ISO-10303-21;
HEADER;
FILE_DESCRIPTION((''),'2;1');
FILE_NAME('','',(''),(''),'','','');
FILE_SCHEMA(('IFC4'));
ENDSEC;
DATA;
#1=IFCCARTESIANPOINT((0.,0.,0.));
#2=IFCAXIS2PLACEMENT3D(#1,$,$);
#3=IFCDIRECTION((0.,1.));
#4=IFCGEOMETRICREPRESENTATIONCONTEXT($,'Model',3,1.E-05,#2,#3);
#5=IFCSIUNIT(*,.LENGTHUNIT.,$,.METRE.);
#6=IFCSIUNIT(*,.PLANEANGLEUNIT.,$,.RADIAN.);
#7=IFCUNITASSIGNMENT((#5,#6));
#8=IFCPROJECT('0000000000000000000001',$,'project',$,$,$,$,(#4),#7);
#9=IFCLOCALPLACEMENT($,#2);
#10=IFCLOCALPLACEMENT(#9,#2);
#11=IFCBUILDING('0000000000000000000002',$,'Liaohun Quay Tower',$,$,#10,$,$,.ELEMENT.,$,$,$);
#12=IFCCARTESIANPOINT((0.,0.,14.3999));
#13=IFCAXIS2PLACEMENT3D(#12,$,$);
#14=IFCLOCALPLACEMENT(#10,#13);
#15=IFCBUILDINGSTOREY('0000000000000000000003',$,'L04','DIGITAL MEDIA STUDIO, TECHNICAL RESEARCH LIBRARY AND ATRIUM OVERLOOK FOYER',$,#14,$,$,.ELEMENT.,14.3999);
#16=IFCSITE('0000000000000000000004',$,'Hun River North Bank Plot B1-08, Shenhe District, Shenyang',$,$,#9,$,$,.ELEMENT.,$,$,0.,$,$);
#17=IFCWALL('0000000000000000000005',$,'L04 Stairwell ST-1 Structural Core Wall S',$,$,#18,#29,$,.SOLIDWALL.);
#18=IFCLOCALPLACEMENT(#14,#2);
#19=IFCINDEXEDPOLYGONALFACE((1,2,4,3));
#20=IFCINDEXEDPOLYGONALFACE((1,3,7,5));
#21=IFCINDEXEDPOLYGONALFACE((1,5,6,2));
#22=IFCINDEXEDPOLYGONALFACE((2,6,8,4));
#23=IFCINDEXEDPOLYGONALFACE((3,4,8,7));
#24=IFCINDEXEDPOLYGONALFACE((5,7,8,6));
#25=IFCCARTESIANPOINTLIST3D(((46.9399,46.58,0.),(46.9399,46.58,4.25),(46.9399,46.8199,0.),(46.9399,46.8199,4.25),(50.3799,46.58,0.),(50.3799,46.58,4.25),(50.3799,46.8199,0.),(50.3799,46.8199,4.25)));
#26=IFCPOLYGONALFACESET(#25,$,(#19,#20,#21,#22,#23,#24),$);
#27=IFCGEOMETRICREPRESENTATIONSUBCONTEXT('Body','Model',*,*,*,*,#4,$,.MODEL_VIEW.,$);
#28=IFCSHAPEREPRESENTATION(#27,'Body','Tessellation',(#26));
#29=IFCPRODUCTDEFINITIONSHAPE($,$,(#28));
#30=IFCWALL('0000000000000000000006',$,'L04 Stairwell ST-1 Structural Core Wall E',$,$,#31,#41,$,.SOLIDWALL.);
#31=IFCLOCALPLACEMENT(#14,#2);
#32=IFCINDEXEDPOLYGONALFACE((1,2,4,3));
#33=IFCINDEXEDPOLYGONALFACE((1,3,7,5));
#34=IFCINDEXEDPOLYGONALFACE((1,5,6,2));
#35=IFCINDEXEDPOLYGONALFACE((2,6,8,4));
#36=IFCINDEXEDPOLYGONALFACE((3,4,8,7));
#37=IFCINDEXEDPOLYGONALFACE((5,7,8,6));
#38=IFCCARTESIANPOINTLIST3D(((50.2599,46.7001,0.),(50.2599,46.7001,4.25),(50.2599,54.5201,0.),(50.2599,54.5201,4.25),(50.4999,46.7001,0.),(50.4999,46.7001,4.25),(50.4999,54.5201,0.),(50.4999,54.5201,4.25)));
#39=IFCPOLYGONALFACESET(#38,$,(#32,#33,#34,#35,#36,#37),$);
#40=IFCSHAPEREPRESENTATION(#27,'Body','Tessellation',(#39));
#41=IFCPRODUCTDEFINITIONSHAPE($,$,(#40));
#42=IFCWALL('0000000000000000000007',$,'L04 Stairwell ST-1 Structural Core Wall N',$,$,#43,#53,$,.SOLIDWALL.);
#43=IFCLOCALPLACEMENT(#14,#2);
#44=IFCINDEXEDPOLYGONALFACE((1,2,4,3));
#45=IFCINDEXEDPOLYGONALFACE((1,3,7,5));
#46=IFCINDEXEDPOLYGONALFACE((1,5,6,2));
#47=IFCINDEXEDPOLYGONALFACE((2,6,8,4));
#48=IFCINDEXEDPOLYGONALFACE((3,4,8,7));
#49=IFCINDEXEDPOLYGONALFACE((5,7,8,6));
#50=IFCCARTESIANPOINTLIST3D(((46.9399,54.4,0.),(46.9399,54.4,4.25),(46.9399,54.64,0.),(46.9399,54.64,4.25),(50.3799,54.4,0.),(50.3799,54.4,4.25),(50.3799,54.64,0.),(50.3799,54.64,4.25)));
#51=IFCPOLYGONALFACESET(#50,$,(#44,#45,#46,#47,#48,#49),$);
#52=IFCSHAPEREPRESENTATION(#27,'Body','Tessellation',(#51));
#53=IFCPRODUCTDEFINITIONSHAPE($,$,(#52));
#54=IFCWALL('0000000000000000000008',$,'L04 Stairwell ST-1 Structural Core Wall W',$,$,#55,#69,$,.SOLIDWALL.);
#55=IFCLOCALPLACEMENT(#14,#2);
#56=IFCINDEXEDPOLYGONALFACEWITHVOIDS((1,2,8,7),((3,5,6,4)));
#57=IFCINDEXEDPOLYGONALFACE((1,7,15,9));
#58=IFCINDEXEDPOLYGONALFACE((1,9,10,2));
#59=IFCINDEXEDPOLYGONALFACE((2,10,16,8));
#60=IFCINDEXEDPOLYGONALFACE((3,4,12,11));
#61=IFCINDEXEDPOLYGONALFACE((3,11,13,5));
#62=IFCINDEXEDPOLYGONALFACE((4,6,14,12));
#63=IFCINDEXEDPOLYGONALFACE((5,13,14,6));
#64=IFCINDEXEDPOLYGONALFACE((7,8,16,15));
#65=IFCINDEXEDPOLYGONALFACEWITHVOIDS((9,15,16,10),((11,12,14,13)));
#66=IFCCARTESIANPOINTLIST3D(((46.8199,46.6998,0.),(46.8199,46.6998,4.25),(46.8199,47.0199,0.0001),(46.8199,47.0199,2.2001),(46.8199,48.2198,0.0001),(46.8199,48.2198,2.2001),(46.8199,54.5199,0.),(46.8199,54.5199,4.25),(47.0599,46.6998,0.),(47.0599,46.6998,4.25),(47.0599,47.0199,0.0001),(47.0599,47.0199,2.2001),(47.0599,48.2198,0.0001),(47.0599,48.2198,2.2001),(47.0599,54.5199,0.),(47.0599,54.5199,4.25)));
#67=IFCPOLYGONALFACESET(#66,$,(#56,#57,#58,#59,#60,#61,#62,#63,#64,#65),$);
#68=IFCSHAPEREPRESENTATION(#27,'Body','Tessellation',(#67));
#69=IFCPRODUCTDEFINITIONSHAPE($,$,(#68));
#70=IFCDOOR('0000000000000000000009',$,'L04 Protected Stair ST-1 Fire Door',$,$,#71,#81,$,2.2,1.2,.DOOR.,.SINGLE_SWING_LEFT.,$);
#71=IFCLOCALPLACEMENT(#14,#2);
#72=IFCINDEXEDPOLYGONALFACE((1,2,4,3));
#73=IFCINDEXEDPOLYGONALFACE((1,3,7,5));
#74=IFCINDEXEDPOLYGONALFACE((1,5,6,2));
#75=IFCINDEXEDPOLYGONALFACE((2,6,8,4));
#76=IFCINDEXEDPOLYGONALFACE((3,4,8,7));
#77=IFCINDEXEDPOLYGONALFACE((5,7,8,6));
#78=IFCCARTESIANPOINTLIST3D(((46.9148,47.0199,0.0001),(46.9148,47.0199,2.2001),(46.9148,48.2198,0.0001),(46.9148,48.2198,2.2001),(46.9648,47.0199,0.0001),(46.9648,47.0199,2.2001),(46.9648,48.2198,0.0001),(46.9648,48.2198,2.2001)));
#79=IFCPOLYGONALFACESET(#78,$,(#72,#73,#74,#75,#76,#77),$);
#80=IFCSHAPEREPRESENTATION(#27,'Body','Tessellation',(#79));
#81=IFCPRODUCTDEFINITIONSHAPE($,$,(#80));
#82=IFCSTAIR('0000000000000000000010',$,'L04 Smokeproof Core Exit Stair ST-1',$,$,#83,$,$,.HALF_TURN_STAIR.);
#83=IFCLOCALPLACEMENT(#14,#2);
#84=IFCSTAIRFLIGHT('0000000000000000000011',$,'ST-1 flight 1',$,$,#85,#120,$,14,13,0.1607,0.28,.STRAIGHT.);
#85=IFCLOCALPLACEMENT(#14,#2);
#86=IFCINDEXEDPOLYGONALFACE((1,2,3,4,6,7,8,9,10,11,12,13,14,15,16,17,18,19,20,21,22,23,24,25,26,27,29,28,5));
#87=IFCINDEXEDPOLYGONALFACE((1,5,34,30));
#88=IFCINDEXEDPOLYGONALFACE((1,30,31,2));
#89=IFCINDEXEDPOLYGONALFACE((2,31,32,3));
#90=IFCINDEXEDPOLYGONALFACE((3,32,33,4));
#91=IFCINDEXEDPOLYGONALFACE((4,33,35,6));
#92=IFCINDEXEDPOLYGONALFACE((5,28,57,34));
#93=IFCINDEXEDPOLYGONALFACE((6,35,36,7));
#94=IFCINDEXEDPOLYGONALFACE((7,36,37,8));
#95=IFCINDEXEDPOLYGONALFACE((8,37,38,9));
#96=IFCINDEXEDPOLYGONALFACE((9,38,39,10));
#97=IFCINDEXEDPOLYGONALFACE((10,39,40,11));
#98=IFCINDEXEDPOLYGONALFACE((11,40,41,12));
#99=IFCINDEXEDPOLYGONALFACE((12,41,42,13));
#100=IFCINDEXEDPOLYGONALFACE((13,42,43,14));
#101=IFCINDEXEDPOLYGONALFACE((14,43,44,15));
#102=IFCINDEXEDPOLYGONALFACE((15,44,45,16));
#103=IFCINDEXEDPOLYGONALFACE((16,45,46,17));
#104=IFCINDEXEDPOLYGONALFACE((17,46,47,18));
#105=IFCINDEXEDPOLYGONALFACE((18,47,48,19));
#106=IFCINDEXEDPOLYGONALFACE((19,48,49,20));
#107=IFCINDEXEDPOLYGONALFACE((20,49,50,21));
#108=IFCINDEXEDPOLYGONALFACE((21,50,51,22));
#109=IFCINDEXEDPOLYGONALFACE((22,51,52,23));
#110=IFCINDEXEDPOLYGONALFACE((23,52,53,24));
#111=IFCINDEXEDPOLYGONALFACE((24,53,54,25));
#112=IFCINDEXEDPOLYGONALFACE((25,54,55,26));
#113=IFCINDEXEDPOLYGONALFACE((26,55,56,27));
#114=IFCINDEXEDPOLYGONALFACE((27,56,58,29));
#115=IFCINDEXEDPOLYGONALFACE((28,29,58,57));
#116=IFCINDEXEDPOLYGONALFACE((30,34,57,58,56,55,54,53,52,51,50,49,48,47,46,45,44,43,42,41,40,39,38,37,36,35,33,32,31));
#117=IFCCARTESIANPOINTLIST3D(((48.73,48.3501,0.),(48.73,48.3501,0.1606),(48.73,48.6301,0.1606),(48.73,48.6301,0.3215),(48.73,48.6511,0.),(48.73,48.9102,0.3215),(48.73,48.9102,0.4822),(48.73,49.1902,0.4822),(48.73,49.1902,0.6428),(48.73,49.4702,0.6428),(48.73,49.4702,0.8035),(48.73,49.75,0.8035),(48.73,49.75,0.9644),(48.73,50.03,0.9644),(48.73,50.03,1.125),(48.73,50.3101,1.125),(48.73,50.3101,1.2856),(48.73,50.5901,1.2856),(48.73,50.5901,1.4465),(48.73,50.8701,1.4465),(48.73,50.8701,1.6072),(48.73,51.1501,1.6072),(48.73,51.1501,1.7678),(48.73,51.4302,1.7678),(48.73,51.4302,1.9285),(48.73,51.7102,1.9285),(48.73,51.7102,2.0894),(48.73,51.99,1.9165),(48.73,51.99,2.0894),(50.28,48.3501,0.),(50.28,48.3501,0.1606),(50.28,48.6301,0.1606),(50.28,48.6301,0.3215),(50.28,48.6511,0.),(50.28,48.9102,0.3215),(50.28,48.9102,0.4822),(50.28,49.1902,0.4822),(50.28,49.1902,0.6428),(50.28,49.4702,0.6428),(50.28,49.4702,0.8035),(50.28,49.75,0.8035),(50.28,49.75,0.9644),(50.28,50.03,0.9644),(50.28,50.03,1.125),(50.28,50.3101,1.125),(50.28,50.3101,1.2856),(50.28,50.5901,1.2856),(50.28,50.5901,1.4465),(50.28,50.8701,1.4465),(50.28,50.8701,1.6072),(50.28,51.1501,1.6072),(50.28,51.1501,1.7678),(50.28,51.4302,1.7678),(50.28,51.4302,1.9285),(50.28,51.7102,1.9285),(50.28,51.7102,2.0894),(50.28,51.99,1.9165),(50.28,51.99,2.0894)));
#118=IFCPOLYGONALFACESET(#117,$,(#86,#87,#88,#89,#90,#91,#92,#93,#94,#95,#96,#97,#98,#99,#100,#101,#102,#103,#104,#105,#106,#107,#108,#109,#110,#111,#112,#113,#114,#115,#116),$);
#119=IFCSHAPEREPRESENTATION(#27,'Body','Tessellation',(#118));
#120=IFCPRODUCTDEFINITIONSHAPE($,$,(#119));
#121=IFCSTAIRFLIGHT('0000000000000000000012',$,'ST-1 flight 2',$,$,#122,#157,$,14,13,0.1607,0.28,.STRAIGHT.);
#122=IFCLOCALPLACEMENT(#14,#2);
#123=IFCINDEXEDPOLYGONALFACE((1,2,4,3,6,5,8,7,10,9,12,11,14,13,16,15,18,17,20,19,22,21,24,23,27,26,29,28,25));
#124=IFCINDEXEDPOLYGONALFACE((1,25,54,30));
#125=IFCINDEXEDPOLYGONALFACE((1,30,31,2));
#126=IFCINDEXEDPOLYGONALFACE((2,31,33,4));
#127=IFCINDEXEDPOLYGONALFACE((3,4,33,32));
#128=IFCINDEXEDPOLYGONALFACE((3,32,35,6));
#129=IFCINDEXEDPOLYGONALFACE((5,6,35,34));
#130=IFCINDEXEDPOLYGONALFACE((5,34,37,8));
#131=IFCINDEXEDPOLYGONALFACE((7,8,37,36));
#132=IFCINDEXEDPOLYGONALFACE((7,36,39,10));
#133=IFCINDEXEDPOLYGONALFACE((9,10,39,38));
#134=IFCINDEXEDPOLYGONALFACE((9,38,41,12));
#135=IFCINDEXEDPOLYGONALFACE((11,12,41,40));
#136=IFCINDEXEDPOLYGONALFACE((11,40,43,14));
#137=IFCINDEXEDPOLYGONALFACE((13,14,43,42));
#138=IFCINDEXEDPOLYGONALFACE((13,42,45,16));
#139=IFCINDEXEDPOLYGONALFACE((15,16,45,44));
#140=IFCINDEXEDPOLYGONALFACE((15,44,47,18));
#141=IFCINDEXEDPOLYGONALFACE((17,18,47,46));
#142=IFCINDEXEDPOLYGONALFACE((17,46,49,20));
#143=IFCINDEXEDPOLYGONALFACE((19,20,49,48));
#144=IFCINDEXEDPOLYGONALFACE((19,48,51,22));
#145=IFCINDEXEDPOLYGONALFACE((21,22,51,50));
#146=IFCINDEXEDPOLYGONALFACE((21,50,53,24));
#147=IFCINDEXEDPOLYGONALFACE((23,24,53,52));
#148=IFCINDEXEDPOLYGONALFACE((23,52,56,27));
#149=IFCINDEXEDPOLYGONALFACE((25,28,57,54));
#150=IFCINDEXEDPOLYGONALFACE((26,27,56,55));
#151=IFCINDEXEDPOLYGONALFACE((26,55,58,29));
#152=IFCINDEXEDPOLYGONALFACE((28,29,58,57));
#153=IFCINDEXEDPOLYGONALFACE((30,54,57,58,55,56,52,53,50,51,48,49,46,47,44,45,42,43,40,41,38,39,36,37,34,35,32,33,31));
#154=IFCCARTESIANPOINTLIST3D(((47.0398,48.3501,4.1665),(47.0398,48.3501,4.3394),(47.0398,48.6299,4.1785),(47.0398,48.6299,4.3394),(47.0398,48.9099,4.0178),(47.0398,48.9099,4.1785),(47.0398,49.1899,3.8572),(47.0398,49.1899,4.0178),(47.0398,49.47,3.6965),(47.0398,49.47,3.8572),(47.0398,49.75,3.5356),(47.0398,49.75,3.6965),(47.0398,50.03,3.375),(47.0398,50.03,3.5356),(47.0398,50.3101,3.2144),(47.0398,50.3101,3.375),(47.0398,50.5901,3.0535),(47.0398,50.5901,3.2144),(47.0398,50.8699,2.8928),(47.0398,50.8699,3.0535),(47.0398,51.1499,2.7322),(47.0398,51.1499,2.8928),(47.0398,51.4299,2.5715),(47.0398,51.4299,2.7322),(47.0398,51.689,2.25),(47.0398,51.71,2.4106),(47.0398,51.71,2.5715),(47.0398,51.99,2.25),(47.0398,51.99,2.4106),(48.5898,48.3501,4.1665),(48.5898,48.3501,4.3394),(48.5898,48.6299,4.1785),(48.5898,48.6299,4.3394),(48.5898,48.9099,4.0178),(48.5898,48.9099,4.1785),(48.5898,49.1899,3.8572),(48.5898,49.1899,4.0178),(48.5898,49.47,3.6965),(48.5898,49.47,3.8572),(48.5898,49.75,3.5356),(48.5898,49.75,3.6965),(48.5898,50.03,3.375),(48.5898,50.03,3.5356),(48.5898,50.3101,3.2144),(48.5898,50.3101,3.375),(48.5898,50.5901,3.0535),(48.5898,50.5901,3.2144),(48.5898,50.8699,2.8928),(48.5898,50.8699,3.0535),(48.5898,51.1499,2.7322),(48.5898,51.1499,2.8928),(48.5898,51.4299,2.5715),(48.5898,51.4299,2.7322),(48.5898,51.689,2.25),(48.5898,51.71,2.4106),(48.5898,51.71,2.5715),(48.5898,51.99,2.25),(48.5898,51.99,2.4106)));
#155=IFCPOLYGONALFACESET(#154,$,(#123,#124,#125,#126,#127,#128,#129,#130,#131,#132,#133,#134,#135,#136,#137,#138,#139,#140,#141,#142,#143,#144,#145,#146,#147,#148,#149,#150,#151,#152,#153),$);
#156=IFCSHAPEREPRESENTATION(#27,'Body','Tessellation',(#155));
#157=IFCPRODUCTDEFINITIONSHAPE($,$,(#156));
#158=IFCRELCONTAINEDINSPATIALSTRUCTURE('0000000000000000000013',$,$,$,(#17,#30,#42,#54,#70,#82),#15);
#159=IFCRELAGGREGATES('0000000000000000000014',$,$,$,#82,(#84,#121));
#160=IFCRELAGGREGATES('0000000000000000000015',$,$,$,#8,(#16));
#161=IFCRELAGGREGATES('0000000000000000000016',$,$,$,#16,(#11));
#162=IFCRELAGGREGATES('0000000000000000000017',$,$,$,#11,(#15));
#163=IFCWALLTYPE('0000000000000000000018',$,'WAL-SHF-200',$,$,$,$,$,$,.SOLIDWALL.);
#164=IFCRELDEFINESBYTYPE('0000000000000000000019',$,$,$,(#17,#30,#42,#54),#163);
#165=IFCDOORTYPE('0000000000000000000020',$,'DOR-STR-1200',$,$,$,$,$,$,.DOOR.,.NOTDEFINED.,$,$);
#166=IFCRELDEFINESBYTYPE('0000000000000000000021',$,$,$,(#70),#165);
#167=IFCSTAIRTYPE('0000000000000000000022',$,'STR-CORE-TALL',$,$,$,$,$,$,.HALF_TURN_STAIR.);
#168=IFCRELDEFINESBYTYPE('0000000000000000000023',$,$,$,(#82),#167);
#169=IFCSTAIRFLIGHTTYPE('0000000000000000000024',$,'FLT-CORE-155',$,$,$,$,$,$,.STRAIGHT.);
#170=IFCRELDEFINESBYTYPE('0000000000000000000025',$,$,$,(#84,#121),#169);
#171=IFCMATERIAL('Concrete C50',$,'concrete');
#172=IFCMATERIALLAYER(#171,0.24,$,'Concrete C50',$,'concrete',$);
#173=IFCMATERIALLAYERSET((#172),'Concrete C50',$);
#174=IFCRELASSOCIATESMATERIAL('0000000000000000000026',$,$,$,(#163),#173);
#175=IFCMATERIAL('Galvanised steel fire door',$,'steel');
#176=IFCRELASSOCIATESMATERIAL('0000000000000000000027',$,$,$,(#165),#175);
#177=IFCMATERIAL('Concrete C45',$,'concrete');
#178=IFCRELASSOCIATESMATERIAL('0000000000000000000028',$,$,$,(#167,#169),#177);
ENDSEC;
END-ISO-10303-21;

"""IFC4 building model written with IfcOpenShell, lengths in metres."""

from ifc_helpers import new_model, si_unit, direction, frame, frame_2d, origin, place, context, subcontext, project, spatial, polyline, rectangle, outline, extrude, source, transform, mapped, material, layer, layer_set, type_object, element, fill, aggregate, save


model = new_model("IFC4")

# Units and contexts
model_context = context("Model", 3, precision=1e-05, world=origin(), true_north=direction((0.0, 1.0)))
body_context = subcontext(model_context, "Body", "Model", "MODEL_VIEW")
ifc_project = project(units=[si_unit("LENGTHUNIT", "METRE"), si_unit("PLANEANGLEUNIT", "RADIAN")], contexts=[model_context])

# Site, building, storey
site_placement = place(None, origin())
site = spatial("IfcSite", under=ifc_project, at=site_placement, Name="Hun River North Bank Plot B1-08, Shenhe District, Shenyang", CompositionType="ELEMENT", RefElevation=0.0)
building_placement = place(site_placement, origin())
building = spatial("IfcBuilding", under=site, at=building_placement, Name="Liaohun Quay Tower", CompositionType="ELEMENT")
storey_placement = place(building_placement, frame((0.0, 0.0, 14.3999)))
storey = spatial("IfcBuildingStorey", under=building, at=storey_placement, Name="L04", Description="DIGITAL MEDIA STUDIO, TECHNICAL RESEARCH LIBRARY AND ATRIUM OVERLOOK FOYER", CompositionType="ELEMENT", Elevation=14.3999)

# Walls
ifc_material_1 = material(Name="Concrete C50", Category="concrete")
ifc_layer_1 = layer(ifc_material_1, 0.24, Name="Concrete C50", Category="concrete")
ifc_layer_set_1 = layer_set([ifc_layer_1], Name="Concrete C50")
wall_type_1 = type_object("IfcWallType", Name="WAL-SHF-200", PredefinedType="SOLIDWALL", material=ifc_layer_set_1)
wall_1_placement = place(storey_placement, frame((46.9399, 46.7, 0.0), z_axis=(0.0, 0.0, 1.0), x_axis=(1.0, 0.0, 0.0)))
element("IfcWall", 1, at=wall_1_placement, inside=storey, type_object=wall_type_1, Name="L04 Stairwell ST-1 Structural Core Wall S", PredefinedType="SOLIDWALL", context=body_context, shape_type="SweptSolid", body=[
    extrude(rectangle(XDim=3.4399, YDim=0.24, at=frame_2d((1.72, 0.0))), origin(), (0.0, 0.0, 1.0), 4.25),
])
wall_2_placement = place(storey_placement, frame((50.3799, 46.7, 0.0), z_axis=(0.0, 0.0, 1.0), x_axis=(0.0, 1.0, 0.0)))
element("IfcWall", 2, at=wall_2_placement, inside=storey, type_object=wall_type_1, Name="L04 Stairwell ST-1 Structural Core Wall E", PredefinedType="SOLIDWALL", context=body_context, shape_type="SweptSolid", body=[
    extrude(rectangle(XDim=7.8201, YDim=0.24, at=frame_2d((3.9102, 0.0))), origin(), (0.0, 0.0, 1.0), 4.25),
])
wall_3_placement = place(storey_placement, frame((50.3799, 54.52, 0.0), z_axis=(0.0, 0.0, 1.0), x_axis=(-1.0, 0.0, 0.0)))
element("IfcWall", 3, at=wall_3_placement, inside=storey, type_object=wall_type_1, Name="L04 Stairwell ST-1 Structural Core Wall N", PredefinedType="SOLIDWALL", context=body_context, shape_type="SweptSolid", body=[
    extrude(rectangle(XDim=3.4399, YDim=0.24, at=frame_2d((1.72, 0.0))), origin(), (0.0, 0.0, 1.0), 4.25),
])

# Wall, opening, door
wall_4_placement = place(storey_placement, frame((46.9399, 54.52, 0.0), z_axis=(0.0, 0.0, 1.0), x_axis=(0.0, -1.0, 0.0)))
wall_4 = element("IfcWall", 4, at=wall_4_placement, inside=storey, type_object=wall_type_1, Name="L04 Stairwell ST-1 Structural Core Wall W", PredefinedType="SOLIDWALL", context=body_context, shape_type="SweptSolid", body=[
    extrude(rectangle(XDim=7.8201, YDim=0.24, at=frame_2d((3.9102, 0.0))), origin(), (0.0, 0.0, 1.0), 4.25),
])
shared_shape_1 = source(origin(), body_context, "Body", "SweptSolid", [
    extrude(rectangle(XDim=1.2, YDim=2.2, at=frame_2d((0.6001, 1.1001))), frame((0.0, 0.1299, 0.0), z_axis=(0.0, -1.0, 0.0), x_axis=(1.0, 0.0, 0.0)), (0.0, 0.0, 1.0), 0.26),
])
opening_placement = place(wall_4_placement, frame((6.3, 0.0, 0.0)))
opening = element("IfcOpeningElement", 5, at=opening_placement, cuts=wall_4, PredefinedType="OPENING", context=body_context, shape_type="MappedRepresentation", body=[
    mapped(shared_shape_1, transform((0.0, 0.0, 0.0), x_axis=(1.0, 0.0, 0.0), y_axis=(0.0, 1.0, 0.0), z_axis=(0.0, 0.0, 1.0), scale=1.0)),
])
ifc_material_2 = material(Name="Galvanised steel fire door", Category="steel")
door_type = type_object("IfcDoorType", Name="DOR-STR-1200", OperationType="NOTDEFINED", PredefinedType="DOOR", material=ifc_material_2)
shared_shape_2 = source(origin(), body_context, "Body", "SweptSolid", [
    extrude(rectangle(XDim=1.2, YDim=2.2, at=frame_2d((0.6001, 1.1001))), frame((0.0, 0.0249, 0.0), z_axis=(0.0, -1.0, 0.0), x_axis=(1.0, 0.0, 0.0)), (0.0, 0.0, 1.0), 0.05),
])
door_placement = place(opening_placement, origin())
door = element("IfcDoor", 6, at=door_placement, inside=storey, type_object=door_type, Name="L04 Protected Stair ST-1 Fire Door", OperationType="SINGLE_SWING_LEFT", OverallHeight=2.2, OverallWidth=1.2, PredefinedType="DOOR", context=body_context, shape_type="MappedRepresentation", body=[
    mapped(shared_shape_2, transform((0.0, 0.0, 0.0), x_axis=(1.0, 0.0, 0.0), y_axis=(0.0, 1.0, 0.0), z_axis=(0.0, 0.0, 1.0), scale=1.0)),
])
fill(opening, door)

# Stair, stair flights
ifc_material_3 = material(Name="Concrete C45", Category="concrete")
stair_type = type_object("IfcStairType", Name="STR-CORE-TALL", PredefinedType="HALF_TURN_STAIR", material=ifc_material_3)
stair_placement = place(storey_placement, origin())
stair = element("IfcStair", 7, at=stair_placement, inside=storey, type_object=stair_type, Name="L04 Smokeproof Core Exit Stair ST-1", PredefinedType="HALF_TURN_STAIR")
stair_flight_type = type_object("IfcStairFlightType", Name="FLT-CORE-155", PredefinedType="STRAIGHT", material=ifc_material_3)
stair_flight_1_placement = place(storey_placement, frame((49.5049, 48.3501, 0.0), z_axis=(0.0, 0.0, 1.0), x_axis=(0.0, 1.0, 0.0)))
stair_flight_1 = element("IfcStairFlight", 8, at=stair_flight_1_placement, type_object=stair_flight_type, Name="ST-1 flight 1", NumberOfRisers=14, NumberOfTreads=13, PredefinedType="STRAIGHT", RiserHeight=0.1607, TreadLength=0.28, context=body_context, shape_type="SweptSolid", body=[
    extrude(outline(polyline([(0.0, 0.0), (0.0, 0.1606), (0.28, 0.1606), (0.28, 0.3215), (0.5601, 0.3215), (0.5601, 0.4822), (0.8401, 0.4822), (0.8401, 0.6428), (1.1201, 0.6428), (1.1201, 0.8035), (1.3999, 0.8035), (1.3999, 0.9644), (1.6799, 0.9644), (1.6799, 1.125), (1.96, 1.125), (1.96, 1.2856), (2.24, 1.2856), (2.24, 1.4465), (2.52, 1.4465), (2.52, 1.6072), (2.8, 1.6072), (2.8, 1.7678), (3.0801, 1.7678), (3.0801, 1.9285), (3.3601, 1.9285), (3.3601, 2.0894), (3.6399, 2.0894), (3.6399, 2.25), (3.6399, 1.9165), (0.301, 0.0), (0.0, 0.0)])), frame((0.0, 0.7749, 0.0), z_axis=(0.0, -1.0, 0.0), x_axis=(1.0, 0.0, 0.0)), (0.0, 0.0, 1.0), 1.55),
])
stair_flight_2_placement = place(storey_placement, frame((47.8149, 51.99, 2.25), z_axis=(0.0, 0.0, 1.0), x_axis=(0.0, -1.0, 0.0)))
stair_flight_2 = element("IfcStairFlight", 9, at=stair_flight_2_placement, type_object=stair_flight_type, Name="ST-1 flight 2", NumberOfRisers=14, NumberOfTreads=13, PredefinedType="STRAIGHT", RiserHeight=0.1607, TreadLength=0.28, context=body_context, shape_type="SweptSolid", body=[
    extrude(outline(polyline([(0.0, 0.0), (0.0, 0.1606), (0.28, 0.1606), (0.28, 0.3215), (0.5601, 0.3215), (0.5601, 0.4822), (0.8401, 0.4822), (0.8401, 0.6428), (1.1201, 0.6428), (1.1201, 0.8035), (1.3999, 0.8035), (1.3999, 0.9644), (1.6799, 0.9644), (1.6799, 1.125), (1.96, 1.125), (1.96, 1.2856), (2.24, 1.2856), (2.24, 1.4465), (2.52, 1.4465), (2.52, 1.6072), (2.8, 1.6072), (2.8, 1.7678), (3.0801, 1.7678), (3.0801, 1.9285), (3.3601, 1.9285), (3.3601, 2.0894), (3.6399, 2.0894), (3.6399, 2.25), (3.6399, 1.9165), (0.301, 0.0), (0.0, 0.0)])), frame((0.0, 0.7749, 0.0), z_axis=(0.0, -1.0, 0.0), x_axis=(1.0, 0.0, 0.0)), (0.0, 0.0, 1.0), 1.55),
])
aggregate(stair, [stair_flight_1, stair_flight_2])

save(model, "model.ifc")
